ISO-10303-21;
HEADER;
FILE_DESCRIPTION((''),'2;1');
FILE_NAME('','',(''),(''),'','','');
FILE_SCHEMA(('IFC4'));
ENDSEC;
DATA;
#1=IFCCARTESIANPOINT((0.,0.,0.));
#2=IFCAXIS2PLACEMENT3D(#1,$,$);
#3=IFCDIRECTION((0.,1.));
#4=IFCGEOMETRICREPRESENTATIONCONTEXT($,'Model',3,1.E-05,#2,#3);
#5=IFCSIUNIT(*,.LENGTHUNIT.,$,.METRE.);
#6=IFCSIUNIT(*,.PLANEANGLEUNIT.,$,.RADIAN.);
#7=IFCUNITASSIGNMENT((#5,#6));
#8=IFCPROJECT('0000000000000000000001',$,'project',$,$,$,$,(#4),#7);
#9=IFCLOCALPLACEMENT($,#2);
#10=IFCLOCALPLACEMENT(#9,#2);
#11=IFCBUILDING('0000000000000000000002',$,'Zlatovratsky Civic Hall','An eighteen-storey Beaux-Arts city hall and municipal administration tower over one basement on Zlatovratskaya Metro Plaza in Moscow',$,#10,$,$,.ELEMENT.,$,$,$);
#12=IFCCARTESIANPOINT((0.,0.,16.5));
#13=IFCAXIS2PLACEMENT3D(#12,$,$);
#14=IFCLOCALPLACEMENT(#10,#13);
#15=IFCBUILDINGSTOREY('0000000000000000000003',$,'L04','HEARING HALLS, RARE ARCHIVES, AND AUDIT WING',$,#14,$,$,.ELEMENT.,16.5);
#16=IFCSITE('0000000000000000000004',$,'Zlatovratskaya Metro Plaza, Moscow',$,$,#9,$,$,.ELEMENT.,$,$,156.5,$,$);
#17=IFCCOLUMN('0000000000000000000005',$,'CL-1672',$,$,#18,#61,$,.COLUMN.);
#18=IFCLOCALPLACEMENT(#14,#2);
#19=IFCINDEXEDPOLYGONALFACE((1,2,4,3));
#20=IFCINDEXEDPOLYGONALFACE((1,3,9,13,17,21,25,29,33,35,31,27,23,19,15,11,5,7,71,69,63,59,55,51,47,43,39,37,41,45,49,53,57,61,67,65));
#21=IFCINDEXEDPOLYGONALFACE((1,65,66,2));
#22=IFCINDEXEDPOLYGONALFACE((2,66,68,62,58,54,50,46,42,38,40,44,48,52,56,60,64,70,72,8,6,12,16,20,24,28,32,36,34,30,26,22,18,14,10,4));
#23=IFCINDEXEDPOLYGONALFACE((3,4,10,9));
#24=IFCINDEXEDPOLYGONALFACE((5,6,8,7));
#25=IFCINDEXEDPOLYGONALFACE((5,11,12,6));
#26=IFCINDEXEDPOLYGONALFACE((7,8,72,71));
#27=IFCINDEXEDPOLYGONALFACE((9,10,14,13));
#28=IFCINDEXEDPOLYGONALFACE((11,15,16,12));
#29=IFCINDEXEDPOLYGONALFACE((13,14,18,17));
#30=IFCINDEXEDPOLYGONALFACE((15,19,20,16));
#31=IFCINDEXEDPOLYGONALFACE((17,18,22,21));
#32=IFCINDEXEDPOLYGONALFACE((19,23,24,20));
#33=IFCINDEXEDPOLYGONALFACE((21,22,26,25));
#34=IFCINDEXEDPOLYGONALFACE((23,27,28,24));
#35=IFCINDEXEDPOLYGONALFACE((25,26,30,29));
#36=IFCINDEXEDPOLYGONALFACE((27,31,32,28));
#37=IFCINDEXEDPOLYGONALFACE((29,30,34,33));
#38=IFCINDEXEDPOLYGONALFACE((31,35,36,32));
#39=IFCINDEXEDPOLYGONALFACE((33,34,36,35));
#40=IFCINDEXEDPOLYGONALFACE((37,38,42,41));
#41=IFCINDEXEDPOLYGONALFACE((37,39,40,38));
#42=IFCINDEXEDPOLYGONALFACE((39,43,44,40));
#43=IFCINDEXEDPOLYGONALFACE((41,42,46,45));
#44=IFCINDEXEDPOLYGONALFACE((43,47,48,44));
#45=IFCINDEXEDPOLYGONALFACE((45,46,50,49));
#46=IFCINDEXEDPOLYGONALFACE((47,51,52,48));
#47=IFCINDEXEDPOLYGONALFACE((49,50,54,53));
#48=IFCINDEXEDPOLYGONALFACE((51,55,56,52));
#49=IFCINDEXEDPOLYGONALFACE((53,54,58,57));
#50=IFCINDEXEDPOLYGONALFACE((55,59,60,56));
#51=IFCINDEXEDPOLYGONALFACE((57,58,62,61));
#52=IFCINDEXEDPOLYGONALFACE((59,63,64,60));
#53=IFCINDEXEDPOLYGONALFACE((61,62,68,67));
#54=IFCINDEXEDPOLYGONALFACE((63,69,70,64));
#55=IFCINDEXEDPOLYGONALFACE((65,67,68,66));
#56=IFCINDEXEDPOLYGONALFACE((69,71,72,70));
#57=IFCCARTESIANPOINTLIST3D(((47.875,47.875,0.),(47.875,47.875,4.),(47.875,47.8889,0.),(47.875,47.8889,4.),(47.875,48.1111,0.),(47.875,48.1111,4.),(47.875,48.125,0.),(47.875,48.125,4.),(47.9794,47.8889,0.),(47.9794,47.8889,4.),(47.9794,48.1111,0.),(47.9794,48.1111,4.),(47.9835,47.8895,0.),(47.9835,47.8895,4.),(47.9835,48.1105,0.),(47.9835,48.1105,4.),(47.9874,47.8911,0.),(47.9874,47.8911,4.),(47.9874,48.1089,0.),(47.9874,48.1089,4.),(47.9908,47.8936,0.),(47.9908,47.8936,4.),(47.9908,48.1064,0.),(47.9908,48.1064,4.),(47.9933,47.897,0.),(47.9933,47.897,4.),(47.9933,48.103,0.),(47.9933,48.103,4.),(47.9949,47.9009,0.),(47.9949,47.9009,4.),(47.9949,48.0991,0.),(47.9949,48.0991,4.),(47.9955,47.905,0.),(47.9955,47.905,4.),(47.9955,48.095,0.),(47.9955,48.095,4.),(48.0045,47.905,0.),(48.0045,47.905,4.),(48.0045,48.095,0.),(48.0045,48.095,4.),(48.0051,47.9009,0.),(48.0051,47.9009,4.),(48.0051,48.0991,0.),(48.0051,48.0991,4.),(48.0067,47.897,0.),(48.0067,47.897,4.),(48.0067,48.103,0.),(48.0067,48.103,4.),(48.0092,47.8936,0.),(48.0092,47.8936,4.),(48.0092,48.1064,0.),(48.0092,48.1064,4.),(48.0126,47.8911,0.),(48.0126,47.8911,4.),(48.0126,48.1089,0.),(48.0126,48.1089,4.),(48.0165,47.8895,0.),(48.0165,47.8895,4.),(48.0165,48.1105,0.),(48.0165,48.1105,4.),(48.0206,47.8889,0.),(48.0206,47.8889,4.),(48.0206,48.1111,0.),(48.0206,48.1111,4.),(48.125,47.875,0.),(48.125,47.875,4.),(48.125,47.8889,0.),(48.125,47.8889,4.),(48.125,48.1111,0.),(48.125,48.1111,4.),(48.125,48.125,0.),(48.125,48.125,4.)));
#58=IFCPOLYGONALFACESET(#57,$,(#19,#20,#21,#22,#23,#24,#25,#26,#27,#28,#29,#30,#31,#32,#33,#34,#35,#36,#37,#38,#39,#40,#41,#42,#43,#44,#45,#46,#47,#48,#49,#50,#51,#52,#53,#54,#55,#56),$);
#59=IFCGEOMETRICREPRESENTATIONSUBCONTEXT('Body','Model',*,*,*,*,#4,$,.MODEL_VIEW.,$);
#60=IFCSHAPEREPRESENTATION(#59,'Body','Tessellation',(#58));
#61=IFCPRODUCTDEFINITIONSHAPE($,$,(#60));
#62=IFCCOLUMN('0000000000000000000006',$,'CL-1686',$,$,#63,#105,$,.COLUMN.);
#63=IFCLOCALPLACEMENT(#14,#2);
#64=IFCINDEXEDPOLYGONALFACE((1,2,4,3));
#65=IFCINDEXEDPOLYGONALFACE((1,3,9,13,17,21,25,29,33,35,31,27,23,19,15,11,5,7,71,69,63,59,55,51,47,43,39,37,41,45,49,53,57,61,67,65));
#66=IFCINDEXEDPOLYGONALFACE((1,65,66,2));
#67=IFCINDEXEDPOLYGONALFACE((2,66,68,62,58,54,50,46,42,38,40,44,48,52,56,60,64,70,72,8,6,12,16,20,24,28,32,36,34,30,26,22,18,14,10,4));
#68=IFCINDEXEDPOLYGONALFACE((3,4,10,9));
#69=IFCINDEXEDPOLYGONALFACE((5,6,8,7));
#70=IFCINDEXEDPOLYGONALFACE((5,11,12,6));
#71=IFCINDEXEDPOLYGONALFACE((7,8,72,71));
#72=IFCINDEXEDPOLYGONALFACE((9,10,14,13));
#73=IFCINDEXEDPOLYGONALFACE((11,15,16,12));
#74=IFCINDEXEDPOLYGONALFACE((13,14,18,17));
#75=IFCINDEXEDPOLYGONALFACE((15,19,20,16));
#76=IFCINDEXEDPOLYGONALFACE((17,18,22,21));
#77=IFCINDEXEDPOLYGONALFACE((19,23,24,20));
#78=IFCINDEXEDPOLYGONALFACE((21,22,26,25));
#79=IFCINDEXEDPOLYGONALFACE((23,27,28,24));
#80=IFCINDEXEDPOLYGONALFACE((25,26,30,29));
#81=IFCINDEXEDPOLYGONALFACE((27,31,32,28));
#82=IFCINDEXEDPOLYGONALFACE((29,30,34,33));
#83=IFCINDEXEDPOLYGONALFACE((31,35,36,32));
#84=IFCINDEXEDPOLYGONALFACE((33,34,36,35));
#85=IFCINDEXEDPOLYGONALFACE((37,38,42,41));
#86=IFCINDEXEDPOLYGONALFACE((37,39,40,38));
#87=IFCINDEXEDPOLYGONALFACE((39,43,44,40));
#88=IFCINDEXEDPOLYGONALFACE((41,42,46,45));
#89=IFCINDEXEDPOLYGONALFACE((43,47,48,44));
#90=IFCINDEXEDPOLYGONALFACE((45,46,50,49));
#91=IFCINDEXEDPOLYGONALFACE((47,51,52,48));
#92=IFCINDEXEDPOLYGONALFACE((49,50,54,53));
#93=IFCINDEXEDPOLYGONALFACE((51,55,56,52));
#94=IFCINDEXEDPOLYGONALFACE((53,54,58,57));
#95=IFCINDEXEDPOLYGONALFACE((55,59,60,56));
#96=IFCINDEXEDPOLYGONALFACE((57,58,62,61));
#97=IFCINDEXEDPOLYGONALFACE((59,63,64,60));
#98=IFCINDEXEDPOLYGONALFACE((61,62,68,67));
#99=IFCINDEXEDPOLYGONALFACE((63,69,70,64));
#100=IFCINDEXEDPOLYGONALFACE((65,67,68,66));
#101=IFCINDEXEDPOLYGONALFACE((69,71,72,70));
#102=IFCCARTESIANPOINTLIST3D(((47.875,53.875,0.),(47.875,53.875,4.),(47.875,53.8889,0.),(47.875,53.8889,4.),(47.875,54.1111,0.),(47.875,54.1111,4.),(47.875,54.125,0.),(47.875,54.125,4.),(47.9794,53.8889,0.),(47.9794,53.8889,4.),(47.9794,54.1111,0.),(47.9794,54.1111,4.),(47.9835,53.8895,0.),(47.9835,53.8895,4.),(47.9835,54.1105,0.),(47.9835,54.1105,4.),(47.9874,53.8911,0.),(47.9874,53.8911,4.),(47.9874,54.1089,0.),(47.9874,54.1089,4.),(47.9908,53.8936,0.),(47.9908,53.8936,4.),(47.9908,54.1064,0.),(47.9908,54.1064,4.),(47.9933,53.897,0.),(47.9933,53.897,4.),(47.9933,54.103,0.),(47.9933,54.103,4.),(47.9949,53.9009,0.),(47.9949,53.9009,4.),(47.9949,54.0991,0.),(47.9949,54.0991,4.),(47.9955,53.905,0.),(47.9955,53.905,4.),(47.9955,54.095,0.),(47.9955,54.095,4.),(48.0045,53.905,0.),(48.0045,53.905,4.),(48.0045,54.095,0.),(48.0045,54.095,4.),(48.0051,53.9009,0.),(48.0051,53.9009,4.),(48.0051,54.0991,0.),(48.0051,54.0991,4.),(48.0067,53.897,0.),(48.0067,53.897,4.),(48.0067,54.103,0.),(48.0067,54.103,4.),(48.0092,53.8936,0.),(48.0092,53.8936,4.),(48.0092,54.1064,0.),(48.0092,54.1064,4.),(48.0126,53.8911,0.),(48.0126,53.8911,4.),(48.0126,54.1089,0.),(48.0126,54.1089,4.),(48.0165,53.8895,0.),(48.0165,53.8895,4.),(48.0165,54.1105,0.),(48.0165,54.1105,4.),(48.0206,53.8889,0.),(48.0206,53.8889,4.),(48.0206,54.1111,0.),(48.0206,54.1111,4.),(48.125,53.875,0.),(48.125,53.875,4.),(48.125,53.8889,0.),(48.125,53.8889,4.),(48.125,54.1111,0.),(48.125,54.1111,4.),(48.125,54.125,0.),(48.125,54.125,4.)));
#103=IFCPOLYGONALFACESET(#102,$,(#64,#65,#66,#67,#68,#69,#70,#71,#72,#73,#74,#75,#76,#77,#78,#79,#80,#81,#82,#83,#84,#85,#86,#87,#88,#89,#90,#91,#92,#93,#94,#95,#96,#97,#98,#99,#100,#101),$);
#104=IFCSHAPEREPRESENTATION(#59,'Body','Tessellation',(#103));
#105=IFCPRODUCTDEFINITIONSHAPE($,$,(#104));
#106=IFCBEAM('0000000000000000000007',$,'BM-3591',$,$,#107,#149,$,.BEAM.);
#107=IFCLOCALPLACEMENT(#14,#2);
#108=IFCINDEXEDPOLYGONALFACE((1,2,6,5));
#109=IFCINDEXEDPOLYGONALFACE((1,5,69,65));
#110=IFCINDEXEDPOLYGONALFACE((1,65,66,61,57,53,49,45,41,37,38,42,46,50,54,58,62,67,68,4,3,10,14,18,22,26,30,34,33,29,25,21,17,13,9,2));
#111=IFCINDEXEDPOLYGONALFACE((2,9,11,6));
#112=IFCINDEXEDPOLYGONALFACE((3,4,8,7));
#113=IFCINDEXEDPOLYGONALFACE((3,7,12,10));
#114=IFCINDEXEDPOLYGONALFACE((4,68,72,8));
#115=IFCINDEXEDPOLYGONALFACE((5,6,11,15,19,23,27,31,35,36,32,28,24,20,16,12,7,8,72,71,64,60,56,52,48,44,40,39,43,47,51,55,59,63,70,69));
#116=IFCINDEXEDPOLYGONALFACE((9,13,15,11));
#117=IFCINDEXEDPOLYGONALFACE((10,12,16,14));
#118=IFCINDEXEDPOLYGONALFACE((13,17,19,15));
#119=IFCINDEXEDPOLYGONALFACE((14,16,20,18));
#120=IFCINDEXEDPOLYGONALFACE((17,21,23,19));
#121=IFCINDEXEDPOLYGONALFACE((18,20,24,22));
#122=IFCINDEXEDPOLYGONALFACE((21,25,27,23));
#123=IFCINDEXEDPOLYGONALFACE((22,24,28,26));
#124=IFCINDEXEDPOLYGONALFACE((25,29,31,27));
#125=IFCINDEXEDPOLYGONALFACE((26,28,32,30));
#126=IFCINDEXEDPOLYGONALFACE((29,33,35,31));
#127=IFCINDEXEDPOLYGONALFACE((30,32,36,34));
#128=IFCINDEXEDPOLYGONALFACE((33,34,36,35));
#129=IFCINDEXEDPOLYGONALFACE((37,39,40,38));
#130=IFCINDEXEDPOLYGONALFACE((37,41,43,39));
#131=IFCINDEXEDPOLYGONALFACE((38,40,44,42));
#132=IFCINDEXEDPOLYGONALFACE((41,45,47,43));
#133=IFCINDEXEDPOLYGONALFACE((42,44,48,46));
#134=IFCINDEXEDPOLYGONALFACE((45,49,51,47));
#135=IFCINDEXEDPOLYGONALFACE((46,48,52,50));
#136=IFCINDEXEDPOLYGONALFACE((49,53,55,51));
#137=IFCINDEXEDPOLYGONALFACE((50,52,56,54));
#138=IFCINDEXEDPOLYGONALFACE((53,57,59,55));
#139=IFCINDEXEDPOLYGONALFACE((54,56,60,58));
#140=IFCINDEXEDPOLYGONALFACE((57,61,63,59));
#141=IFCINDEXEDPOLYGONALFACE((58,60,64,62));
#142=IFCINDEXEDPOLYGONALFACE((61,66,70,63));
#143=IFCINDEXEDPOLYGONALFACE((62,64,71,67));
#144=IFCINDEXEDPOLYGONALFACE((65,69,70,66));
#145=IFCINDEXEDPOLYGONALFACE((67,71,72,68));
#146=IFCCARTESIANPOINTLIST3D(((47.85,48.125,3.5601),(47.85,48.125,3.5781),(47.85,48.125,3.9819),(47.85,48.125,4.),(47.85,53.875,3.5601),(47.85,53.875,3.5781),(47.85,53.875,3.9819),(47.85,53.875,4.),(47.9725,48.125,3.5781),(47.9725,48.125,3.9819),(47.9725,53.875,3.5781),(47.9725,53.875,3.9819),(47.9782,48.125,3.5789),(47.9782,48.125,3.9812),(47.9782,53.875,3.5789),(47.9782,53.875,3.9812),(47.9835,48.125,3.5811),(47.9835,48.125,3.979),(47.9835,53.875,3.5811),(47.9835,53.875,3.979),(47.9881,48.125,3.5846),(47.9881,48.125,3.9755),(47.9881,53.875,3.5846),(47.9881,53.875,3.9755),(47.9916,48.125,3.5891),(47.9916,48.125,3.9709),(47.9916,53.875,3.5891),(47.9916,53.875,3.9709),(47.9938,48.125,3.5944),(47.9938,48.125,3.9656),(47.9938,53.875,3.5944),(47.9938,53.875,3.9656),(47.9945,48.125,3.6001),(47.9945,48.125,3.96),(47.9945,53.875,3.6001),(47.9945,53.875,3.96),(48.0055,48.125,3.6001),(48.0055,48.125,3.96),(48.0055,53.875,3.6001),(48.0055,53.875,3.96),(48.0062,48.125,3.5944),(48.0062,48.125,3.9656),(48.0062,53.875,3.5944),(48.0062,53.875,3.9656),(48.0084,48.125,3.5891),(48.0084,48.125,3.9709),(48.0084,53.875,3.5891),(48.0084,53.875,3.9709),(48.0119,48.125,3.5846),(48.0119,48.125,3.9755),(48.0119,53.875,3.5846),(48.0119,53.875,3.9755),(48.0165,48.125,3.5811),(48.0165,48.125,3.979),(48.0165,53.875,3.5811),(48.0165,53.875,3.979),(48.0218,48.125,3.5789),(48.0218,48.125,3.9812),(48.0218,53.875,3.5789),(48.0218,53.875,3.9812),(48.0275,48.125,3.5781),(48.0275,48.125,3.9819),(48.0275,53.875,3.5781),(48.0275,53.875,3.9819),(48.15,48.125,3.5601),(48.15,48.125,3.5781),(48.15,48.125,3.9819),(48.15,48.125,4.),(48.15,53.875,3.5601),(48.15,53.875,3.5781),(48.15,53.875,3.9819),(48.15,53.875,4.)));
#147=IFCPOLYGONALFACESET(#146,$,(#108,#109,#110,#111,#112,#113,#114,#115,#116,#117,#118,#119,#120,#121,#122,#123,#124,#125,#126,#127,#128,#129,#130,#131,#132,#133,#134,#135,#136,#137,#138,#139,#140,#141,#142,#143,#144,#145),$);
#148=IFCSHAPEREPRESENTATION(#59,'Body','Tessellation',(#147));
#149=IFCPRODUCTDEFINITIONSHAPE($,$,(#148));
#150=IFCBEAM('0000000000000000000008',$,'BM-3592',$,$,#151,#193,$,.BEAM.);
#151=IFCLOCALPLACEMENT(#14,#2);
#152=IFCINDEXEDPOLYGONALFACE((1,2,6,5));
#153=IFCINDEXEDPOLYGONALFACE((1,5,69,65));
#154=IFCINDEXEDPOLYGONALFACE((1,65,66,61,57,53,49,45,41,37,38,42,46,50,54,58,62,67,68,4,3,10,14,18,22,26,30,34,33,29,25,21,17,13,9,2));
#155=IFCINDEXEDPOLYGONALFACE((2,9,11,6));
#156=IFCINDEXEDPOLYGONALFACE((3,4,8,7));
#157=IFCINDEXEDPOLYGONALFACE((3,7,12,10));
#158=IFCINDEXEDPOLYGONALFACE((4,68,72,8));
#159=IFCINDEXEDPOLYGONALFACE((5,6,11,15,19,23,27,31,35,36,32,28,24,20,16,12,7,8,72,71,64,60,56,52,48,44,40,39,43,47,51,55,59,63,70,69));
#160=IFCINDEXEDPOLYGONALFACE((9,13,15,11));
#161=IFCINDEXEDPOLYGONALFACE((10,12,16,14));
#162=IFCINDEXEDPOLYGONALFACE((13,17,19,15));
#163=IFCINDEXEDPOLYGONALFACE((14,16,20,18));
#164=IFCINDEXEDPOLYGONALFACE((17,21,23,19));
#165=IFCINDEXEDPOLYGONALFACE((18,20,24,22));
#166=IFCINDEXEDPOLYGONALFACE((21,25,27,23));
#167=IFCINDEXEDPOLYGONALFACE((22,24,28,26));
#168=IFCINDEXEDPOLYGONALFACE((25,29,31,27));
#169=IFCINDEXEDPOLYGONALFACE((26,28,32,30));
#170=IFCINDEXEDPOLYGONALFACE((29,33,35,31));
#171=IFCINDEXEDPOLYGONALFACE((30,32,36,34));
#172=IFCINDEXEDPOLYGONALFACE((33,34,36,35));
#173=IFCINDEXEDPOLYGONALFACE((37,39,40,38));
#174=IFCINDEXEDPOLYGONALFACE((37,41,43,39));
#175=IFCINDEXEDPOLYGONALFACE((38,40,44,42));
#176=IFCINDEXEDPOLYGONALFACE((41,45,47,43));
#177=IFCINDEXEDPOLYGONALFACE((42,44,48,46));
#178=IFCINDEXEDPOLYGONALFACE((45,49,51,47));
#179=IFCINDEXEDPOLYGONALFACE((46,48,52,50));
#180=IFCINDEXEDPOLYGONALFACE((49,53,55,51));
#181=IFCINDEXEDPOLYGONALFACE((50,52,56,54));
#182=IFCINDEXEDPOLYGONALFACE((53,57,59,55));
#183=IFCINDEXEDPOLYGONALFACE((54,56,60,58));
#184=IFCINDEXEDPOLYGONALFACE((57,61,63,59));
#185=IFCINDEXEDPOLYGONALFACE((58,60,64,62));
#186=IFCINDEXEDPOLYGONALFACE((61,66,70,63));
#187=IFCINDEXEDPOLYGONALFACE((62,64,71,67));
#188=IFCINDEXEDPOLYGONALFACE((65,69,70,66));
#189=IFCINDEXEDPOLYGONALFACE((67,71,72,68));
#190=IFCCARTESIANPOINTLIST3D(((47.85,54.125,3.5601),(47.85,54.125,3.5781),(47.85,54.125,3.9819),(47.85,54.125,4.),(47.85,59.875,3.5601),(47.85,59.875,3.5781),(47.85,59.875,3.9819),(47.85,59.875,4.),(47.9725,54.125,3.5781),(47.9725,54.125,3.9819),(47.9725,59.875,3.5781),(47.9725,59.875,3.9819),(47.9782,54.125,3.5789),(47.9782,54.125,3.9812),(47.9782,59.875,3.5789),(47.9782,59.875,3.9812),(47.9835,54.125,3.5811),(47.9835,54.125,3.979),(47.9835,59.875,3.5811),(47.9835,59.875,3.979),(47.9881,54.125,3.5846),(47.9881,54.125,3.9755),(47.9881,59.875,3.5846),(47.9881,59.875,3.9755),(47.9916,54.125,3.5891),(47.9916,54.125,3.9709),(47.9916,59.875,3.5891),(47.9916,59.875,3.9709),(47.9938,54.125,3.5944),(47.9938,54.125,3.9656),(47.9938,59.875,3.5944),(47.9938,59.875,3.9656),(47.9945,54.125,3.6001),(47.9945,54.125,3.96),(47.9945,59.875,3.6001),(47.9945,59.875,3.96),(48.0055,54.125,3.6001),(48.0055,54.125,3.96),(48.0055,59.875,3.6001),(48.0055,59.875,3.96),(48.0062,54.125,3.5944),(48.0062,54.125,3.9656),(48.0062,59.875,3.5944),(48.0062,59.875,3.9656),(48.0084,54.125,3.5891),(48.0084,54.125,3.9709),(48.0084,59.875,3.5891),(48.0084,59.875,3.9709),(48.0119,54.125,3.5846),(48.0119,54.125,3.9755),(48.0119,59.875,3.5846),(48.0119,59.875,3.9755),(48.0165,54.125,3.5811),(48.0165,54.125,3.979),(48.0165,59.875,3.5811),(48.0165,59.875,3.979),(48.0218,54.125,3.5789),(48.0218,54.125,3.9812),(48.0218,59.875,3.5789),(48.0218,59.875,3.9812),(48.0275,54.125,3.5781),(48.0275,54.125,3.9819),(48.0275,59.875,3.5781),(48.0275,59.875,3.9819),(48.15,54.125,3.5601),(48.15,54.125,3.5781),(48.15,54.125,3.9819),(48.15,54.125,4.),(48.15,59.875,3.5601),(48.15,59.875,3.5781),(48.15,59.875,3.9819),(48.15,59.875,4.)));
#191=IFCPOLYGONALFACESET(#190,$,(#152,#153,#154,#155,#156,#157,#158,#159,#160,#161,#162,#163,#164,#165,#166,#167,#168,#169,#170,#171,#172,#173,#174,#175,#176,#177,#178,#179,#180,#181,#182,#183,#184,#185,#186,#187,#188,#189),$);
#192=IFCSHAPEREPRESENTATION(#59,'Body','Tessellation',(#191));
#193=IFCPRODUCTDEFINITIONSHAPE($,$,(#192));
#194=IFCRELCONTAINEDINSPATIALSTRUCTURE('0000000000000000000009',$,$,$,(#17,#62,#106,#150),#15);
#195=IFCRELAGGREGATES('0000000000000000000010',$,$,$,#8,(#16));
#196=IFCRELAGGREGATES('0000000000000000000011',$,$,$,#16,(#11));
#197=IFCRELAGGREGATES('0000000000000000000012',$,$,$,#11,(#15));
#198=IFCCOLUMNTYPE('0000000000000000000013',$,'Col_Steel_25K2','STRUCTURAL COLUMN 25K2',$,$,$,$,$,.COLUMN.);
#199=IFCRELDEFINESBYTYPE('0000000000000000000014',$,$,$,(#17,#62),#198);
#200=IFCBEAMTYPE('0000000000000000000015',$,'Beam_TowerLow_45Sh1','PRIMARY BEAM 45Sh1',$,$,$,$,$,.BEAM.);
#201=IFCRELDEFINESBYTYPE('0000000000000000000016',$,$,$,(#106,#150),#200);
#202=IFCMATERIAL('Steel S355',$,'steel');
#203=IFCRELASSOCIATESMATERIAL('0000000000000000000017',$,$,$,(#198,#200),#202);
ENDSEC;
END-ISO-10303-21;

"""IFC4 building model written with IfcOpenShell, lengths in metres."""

from ifc_helpers import new_model, si_unit, direction, frame, origin, origin_2d, place, context, subcontext, project, spatial, i_section, extrude, material, material_profile, profile_set, type_object, element, save


model = new_model("IFC4")

# Units and contexts
model_context = context("Model", 3, precision=1e-05, world=origin(), true_north=direction((0.0, 1.0)))
body_context = subcontext(model_context, "Body", "Model", "MODEL_VIEW")
ifc_project = project(units=[si_unit("LENGTHUNIT", "METRE"), si_unit("PLANEANGLEUNIT", "RADIAN")], contexts=[model_context])

# Site, building, storey
site_placement = place(None, origin())
site = spatial("IfcSite", under=ifc_project, at=site_placement, Name="Zlatovratskaya Metro Plaza, Moscow", CompositionType="ELEMENT", RefElevation=156.5)
building_placement = place(site_placement, origin())
building = spatial("IfcBuilding", under=site, at=building_placement, Name="Zlatovratsky Civic Hall", Description="An eighteen-storey Beaux-Arts city hall and municipal administration tower over one basement on Zlatovratskaya Metro Plaza in Moscow", CompositionType="ELEMENT")
storey_placement = place(building_placement, frame((0.0, 0.0, 16.5)))
storey = spatial("IfcBuildingStorey", under=building, at=storey_placement, Name="L04", Description="HEARING HALLS, RARE ARCHIVES, AND AUDIT WING", CompositionType="ELEMENT", Elevation=16.5)

# Columns
ifc_material_1 = material(Name="Steel S355", Category="steel")
ifc_material_profile_1 = material_profile(ifc_material_1, i_section(OverallWidth=0.25, OverallDepth=0.25, WebThickness=0.009, FlangeThickness=0.0139, FilletRadius=0.0161, at=origin_2d()), Name="25K2")
ifc_profile_set_1 = profile_set([ifc_material_profile_1], Name="Steel S355")
column_type = type_object("IfcColumnType", Name="Col_Steel_25K2", Description="STRUCTURAL COLUMN 25K2", PredefinedType="COLUMN", material=ifc_profile_set_1)
for number, where, z_axis, x_axis, name in (
    (1, (48.0, 48.0, 0.0), (0.0, 0.0, 1.0), (1.0, 0.0, 0.0), "CL-1672"),
    (2, (48.0, 54.0, 0.0), (0.0, 0.0, 1.0), (1.0, 0.0, 0.0), "CL-1686"),
):
    element("IfcColumn", number, at=place(storey_placement, frame(where, z_axis=z_axis, x_axis=x_axis)), inside=storey, type_object=column_type, Name=name, PredefinedType="COLUMN", context=body_context, shape_type="SweptSolid", body=[
        extrude(i_section(OverallWidth=0.25, OverallDepth=0.25, WebThickness=0.009, FlangeThickness=0.0139, FilletRadius=0.0161, at=origin_2d()), origin(), (0.0, 0.0, 1.0), 4.0),
    ])

# Beams
ifc_material_profile_2 = material_profile(ifc_material_1, i_section(OverallWidth=0.3, OverallDepth=0.4399, WebThickness=0.011, FlangeThickness=0.0181, FilletRadius=0.022, at=origin_2d()), Name="45Sh1")
ifc_profile_set_2 = profile_set([ifc_material_profile_2], Name="Steel S355")
beam_type = type_object("IfcBeamType", Name="Beam_TowerLow_45Sh1", Description="PRIMARY BEAM 45Sh1", PredefinedType="BEAM", material=ifc_profile_set_2)
for number, where, z_axis, x_axis, name in (
    (3, (48.0, 48.125, 3.78), (0.0, 1.0, 0.0), (-1.0, 0.0, 0.0), "BM-3591"),
    (4, (48.0, 54.125, 3.78), (0.0, 1.0, 0.0), (-1.0, 0.0, 0.0), "BM-3592"),
):
    element("IfcBeam", number, at=place(storey_placement, frame(where, z_axis=z_axis, x_axis=x_axis)), inside=storey, type_object=beam_type, Name=name, PredefinedType="BEAM", context=body_context, shape_type="SweptSolid", body=[
        extrude(i_section(OverallWidth=0.3, OverallDepth=0.4399, WebThickness=0.011, FlangeThickness=0.0181, FilletRadius=0.022, at=origin_2d()), origin(), (0.0, 0.0, 1.0), 5.75),
    ])

save(model, "model.ifc")
